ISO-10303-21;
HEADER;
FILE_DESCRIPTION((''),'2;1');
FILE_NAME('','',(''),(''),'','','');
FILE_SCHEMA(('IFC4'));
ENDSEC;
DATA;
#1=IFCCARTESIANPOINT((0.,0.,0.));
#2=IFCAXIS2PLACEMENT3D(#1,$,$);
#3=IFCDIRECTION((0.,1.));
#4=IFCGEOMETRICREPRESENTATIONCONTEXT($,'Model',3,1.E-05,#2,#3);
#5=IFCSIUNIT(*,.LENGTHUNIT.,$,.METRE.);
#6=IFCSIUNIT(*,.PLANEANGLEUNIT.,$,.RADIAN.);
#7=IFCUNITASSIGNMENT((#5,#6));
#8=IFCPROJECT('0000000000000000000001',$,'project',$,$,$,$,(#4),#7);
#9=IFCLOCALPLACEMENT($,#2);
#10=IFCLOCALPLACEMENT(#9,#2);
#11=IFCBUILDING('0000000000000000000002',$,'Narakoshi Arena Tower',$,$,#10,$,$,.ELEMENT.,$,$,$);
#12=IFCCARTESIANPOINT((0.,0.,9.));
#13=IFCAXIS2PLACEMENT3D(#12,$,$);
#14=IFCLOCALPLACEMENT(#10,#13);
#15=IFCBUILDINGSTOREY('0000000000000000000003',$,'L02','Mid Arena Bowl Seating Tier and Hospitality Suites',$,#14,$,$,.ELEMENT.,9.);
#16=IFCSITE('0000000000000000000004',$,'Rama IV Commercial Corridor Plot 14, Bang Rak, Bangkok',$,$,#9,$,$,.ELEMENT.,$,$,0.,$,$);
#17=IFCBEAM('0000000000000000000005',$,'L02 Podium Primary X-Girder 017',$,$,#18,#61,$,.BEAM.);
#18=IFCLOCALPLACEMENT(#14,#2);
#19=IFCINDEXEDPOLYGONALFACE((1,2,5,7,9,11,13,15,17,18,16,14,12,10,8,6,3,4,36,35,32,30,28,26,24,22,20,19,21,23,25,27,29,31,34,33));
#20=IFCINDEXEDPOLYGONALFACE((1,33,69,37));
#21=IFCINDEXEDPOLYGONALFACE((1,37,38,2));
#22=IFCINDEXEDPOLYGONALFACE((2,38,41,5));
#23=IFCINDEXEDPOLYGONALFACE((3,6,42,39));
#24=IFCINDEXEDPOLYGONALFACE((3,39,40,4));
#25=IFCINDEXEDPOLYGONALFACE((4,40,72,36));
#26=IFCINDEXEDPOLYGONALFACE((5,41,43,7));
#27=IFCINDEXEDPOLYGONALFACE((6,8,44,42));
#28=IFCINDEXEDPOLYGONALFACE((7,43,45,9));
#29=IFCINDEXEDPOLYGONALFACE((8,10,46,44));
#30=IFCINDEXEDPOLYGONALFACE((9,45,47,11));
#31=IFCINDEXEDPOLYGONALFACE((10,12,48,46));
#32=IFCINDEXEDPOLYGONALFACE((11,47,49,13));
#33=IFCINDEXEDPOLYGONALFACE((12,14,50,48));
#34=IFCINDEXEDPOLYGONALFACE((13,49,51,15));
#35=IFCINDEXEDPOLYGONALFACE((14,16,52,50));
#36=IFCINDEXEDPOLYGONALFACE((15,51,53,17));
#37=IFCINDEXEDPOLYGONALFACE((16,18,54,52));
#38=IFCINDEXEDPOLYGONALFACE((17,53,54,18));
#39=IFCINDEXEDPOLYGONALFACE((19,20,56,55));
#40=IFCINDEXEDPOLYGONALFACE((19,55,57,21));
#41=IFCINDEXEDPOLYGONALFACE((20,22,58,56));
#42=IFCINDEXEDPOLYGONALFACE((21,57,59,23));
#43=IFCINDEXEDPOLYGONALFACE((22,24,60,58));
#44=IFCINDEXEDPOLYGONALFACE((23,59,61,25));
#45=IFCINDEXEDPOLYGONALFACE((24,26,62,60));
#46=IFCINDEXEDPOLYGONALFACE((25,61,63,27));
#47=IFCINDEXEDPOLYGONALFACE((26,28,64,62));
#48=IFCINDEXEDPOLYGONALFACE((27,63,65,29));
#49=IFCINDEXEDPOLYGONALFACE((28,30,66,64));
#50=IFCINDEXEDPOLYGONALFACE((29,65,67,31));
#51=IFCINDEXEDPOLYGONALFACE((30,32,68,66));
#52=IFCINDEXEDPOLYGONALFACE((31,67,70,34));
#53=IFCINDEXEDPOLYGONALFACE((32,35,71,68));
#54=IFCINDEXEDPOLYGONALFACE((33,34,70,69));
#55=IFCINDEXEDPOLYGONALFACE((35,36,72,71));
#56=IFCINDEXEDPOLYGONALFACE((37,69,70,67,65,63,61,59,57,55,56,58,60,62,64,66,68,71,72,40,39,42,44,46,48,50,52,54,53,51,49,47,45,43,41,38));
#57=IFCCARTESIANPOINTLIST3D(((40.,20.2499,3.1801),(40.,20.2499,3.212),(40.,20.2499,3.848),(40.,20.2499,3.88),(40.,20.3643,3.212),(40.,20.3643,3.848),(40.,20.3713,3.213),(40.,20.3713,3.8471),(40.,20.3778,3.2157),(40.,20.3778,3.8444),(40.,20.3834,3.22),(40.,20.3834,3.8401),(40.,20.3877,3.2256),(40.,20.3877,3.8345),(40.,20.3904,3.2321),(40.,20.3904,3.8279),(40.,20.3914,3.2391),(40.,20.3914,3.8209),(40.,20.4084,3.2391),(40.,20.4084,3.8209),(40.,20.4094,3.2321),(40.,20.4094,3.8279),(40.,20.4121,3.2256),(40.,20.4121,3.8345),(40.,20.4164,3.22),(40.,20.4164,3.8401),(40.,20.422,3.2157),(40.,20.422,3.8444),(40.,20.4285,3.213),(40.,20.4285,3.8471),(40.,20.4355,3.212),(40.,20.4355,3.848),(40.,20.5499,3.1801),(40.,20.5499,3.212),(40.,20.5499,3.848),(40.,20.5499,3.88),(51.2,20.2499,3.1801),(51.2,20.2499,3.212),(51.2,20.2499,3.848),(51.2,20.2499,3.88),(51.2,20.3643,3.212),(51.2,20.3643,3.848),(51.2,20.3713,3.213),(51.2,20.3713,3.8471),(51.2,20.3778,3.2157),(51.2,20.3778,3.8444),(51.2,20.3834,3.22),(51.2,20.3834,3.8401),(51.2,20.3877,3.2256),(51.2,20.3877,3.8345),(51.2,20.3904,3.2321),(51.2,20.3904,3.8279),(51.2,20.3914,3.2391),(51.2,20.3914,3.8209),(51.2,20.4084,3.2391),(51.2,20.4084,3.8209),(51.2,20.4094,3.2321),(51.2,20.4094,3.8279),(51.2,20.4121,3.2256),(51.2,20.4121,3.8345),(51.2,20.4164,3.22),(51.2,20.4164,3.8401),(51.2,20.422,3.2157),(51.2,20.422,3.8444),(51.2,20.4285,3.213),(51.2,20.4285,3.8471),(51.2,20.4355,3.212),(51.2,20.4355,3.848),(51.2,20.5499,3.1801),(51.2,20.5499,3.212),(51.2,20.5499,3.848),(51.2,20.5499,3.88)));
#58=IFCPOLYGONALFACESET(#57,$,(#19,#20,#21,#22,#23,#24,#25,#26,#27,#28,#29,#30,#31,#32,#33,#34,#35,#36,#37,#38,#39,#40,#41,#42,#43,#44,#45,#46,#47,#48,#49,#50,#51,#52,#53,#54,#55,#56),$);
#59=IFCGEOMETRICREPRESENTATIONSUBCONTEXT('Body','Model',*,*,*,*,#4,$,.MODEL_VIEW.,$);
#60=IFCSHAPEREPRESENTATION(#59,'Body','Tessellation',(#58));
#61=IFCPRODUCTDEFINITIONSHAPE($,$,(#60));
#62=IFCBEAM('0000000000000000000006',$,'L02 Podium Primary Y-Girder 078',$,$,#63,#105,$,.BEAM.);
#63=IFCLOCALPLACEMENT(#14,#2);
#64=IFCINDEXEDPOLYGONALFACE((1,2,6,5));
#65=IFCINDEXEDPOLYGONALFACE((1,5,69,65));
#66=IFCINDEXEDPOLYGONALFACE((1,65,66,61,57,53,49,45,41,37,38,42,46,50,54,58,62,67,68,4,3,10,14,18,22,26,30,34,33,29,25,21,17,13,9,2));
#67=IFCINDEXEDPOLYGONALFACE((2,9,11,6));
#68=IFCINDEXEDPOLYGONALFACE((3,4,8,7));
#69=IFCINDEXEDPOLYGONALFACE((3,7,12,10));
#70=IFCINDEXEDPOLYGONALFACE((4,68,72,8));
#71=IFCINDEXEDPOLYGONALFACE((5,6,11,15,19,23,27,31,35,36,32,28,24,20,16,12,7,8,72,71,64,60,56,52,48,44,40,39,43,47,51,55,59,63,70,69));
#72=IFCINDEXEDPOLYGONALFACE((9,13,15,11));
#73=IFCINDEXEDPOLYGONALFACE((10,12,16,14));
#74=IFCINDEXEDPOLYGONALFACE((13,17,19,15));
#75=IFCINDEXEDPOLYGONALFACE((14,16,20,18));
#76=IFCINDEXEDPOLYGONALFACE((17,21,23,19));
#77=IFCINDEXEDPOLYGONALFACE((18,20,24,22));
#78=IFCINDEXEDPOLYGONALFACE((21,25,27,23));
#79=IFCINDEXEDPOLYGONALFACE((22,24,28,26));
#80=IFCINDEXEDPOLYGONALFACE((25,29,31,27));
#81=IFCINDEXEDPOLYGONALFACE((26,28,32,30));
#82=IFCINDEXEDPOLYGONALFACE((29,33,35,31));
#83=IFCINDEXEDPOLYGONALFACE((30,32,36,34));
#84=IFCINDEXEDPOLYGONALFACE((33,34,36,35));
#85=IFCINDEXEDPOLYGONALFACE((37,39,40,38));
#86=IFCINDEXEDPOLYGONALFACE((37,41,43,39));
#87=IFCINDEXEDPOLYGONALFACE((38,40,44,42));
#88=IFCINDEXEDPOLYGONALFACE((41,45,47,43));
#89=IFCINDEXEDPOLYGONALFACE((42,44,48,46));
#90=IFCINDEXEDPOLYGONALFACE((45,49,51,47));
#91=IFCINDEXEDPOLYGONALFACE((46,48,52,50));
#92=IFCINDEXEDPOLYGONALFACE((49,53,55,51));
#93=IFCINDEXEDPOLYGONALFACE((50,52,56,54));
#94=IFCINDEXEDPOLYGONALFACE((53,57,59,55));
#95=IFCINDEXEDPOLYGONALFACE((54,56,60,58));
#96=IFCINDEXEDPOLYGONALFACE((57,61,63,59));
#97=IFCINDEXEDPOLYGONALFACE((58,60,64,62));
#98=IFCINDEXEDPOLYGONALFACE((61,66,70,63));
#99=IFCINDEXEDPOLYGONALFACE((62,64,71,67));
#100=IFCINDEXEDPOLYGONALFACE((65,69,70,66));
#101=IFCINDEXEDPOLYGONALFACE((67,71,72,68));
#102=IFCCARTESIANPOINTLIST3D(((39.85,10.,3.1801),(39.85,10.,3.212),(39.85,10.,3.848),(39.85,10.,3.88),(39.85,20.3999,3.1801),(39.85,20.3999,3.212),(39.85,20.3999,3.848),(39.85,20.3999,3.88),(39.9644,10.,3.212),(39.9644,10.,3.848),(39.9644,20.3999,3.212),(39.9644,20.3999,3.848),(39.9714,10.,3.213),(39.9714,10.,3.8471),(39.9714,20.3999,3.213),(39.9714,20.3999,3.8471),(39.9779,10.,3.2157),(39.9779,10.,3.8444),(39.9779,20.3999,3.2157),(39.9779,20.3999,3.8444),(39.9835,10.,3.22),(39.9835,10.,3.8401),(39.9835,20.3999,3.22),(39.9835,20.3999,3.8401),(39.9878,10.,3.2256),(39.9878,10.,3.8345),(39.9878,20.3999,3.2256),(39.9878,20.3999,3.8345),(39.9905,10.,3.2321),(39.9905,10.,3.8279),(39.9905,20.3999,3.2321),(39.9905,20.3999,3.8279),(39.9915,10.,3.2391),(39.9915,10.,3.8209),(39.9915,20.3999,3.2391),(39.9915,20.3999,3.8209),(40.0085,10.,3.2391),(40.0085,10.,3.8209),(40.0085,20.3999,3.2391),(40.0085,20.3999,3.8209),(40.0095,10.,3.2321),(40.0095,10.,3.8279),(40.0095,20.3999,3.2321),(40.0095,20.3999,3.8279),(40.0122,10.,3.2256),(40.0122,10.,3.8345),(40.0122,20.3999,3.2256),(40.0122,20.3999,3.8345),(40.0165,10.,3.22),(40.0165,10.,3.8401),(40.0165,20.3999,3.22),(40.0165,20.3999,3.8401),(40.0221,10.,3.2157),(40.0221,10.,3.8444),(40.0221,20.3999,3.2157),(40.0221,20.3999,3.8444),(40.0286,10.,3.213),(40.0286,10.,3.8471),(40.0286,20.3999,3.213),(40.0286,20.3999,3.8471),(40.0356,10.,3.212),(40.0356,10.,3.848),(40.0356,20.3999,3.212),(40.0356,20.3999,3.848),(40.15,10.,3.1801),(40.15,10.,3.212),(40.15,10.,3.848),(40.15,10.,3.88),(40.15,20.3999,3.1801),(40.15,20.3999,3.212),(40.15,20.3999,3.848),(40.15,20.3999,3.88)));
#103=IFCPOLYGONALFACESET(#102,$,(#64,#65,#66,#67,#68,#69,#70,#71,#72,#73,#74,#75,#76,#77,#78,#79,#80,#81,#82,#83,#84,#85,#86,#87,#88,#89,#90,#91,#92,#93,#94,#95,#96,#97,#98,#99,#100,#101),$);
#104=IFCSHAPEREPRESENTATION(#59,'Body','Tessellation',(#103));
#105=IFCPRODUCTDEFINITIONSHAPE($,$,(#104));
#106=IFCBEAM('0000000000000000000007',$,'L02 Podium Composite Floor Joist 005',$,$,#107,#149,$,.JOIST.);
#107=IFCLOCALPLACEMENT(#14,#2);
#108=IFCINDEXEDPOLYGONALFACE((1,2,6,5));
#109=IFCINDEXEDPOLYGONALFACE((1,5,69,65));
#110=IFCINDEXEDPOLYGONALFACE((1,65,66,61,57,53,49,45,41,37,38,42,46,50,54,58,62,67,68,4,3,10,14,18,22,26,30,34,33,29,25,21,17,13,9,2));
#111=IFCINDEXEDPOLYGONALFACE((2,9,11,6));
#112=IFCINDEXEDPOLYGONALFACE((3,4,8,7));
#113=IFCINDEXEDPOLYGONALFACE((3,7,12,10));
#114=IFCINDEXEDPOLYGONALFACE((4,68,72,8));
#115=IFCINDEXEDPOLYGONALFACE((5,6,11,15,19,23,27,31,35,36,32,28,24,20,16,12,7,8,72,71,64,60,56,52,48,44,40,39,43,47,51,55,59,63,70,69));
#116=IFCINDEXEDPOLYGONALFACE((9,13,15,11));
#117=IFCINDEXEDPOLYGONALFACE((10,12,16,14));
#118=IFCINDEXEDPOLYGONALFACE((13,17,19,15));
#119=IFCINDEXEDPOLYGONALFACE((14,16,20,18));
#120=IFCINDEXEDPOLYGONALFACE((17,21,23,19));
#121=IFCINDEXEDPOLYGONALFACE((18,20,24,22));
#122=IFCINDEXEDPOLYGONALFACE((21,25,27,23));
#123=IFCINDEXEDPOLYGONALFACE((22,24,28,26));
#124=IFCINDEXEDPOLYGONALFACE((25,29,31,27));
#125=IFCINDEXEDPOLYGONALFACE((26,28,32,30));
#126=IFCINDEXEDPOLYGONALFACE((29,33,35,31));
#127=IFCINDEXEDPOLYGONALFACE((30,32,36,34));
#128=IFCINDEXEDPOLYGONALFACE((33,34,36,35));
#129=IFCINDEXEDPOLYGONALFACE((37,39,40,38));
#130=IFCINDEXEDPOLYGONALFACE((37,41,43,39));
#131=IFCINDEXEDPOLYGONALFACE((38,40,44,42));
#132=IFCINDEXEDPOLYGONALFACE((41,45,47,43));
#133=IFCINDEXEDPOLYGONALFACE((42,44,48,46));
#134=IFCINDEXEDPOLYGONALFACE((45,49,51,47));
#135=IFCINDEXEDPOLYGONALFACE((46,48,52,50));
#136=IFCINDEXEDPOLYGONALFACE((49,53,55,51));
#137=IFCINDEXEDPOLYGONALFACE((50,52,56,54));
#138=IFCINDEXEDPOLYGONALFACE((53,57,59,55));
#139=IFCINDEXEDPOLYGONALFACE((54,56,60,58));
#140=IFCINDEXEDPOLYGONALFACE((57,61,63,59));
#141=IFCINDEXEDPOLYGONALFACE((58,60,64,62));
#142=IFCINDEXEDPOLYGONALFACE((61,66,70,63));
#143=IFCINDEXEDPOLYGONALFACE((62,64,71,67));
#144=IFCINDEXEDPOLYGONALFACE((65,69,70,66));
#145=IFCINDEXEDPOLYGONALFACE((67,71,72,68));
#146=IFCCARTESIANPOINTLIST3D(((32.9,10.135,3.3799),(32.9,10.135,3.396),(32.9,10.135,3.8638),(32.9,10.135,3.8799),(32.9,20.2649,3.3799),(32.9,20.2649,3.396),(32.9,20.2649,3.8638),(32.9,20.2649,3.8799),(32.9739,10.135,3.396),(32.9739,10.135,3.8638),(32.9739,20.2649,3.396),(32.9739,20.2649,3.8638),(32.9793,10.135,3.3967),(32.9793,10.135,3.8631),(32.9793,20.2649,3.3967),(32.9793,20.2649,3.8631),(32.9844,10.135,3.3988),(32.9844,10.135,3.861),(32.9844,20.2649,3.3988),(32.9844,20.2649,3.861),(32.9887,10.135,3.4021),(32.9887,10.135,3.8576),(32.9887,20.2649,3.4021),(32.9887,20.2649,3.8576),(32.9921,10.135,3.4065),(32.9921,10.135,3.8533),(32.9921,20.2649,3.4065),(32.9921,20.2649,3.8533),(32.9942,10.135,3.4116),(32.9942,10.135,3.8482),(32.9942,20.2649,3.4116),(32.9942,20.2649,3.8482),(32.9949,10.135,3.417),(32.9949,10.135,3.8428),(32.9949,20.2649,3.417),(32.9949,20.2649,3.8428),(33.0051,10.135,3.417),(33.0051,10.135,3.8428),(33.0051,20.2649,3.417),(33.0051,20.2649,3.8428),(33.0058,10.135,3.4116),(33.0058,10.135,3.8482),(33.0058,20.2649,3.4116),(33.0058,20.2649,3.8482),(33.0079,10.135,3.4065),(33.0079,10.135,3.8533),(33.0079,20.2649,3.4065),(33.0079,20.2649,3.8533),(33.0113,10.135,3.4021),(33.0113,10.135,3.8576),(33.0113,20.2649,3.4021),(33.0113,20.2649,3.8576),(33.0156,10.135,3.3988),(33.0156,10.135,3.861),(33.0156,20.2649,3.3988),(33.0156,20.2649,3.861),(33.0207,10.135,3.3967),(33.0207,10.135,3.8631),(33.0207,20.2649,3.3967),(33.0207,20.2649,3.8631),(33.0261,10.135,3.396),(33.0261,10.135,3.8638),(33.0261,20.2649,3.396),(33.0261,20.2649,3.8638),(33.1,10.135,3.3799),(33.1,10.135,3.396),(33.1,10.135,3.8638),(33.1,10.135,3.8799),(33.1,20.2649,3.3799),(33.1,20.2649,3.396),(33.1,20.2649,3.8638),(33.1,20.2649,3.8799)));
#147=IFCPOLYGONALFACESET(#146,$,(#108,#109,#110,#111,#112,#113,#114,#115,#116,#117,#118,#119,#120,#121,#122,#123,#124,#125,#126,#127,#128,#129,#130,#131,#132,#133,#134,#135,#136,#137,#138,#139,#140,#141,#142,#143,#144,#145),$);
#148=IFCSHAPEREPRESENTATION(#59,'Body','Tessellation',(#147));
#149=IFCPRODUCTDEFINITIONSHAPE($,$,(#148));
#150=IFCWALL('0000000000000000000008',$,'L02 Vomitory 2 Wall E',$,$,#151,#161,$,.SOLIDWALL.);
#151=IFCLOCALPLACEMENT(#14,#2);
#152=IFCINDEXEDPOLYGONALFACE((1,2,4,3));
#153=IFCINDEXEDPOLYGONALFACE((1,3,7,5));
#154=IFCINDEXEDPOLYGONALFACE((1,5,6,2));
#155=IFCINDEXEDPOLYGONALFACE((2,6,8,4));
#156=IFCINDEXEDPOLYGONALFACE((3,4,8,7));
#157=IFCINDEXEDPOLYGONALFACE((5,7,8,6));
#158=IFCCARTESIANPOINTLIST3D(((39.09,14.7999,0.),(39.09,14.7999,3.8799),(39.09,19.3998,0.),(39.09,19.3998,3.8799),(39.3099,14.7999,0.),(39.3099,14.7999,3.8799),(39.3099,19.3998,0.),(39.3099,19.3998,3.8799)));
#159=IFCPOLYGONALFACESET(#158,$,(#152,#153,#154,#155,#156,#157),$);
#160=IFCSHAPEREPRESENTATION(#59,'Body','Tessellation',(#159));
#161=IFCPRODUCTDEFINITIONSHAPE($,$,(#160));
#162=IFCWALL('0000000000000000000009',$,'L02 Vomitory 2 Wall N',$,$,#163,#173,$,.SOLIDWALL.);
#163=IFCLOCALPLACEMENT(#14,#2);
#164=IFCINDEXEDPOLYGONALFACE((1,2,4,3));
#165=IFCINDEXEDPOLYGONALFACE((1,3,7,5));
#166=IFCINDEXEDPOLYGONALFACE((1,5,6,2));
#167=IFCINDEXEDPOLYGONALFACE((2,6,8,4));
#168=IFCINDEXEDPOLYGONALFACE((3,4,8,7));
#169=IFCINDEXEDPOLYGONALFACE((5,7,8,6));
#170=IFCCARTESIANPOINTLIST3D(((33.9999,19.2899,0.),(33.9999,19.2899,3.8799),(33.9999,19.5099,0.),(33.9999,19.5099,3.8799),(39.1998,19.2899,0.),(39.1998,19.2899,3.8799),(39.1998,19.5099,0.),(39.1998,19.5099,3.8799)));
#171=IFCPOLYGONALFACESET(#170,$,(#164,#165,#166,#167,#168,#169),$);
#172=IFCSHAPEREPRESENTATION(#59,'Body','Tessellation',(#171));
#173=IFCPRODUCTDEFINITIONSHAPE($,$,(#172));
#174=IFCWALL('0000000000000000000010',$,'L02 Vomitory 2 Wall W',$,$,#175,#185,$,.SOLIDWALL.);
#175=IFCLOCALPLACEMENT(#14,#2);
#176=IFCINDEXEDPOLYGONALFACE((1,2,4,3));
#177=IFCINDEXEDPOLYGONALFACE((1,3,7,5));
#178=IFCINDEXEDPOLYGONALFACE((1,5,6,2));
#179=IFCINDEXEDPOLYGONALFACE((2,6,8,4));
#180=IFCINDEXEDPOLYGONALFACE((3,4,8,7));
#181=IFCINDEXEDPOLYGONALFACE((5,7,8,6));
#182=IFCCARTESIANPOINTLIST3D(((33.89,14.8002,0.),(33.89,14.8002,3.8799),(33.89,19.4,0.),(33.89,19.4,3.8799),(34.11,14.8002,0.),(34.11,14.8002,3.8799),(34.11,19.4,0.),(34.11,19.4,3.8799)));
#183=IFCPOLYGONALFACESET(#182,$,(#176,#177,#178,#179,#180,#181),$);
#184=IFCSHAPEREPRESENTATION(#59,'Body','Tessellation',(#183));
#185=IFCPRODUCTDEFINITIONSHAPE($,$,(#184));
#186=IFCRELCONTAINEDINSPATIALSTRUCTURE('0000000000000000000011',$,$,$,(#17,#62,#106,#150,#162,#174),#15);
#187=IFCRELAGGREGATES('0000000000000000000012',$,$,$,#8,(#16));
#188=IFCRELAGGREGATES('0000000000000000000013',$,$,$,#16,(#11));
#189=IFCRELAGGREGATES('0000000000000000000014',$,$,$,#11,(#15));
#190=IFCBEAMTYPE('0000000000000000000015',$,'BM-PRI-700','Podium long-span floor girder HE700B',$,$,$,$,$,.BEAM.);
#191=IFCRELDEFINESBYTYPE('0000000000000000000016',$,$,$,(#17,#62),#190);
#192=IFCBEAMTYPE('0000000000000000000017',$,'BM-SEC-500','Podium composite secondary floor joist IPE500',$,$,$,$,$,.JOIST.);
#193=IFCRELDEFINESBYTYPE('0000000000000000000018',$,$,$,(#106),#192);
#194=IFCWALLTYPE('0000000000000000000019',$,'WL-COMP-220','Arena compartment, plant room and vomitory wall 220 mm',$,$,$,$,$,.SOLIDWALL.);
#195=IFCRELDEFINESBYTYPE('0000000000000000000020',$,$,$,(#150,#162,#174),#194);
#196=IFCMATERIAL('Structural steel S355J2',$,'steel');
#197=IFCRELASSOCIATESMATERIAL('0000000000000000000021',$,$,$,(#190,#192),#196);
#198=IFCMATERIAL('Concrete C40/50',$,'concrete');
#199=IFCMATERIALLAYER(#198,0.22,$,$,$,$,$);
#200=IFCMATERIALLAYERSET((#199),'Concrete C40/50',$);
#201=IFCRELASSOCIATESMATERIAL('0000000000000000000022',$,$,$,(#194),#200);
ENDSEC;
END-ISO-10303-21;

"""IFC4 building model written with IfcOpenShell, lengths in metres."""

from ifc_helpers import new_model, si_unit, direction, frame, frame_2d, origin, origin_2d, place, context, subcontext, project, spatial, rectangle, i_section, extrude, material, layer, layer_set, material_profile, profile_set, type_object, element, save


model = new_model("IFC4")

# Units and contexts
model_context = context("Model", 3, precision=1e-05, world=origin(), true_north=direction((0.0, 1.0)))
body_context = subcontext(model_context, "Body", "Model", "MODEL_VIEW")
ifc_project = project(units=[si_unit("LENGTHUNIT", "METRE"), si_unit("PLANEANGLEUNIT", "RADIAN")], contexts=[model_context])

# Site, building, storey
site_placement = place(None, origin())
site = spatial("IfcSite", under=ifc_project, at=site_placement, Name="Rama IV Commercial Corridor Plot 14, Bang Rak, Bangkok", CompositionType="ELEMENT", RefElevation=0.0)
building_placement = place(site_placement, origin())
building = spatial("IfcBuilding", under=site, at=building_placement, Name="Narakoshi Arena Tower", CompositionType="ELEMENT")
storey_placement = place(building_placement, frame((0.0, 0.0, 9.0)))
storey = spatial("IfcBuildingStorey", under=building, at=storey_placement, Name="L02", Description="Mid Arena Bowl Seating Tier and Hospitality Suites", CompositionType="ELEMENT", Elevation=9.0)

# Beams
ifc_material_1 = material(Name="Structural steel S355J2", Category="steel")
ifc_material_profile_1 = material_profile(ifc_material_1, i_section(OverallWidth=0.3, OverallDepth=0.7, WebThickness=0.0171, FlangeThickness=0.032, FilletRadius=0.0271, at=origin_2d()), Name="HE700B")
ifc_profile_set_1 = profile_set([ifc_material_profile_1], Name="Structural steel S355J2")
beam_type_1 = type_object("IfcBeamType", Name="BM-PRI-700", Description="Podium long-span floor girder HE700B", PredefinedType="BEAM", material=ifc_profile_set_1)
beam_1_placement = place(storey_placement, frame((40.0, 20.3999, 3.53), z_axis=(1.0, 0.0, 0.0), x_axis=(0.0, 1.0, 0.0)))
element("IfcBeam", 1, at=beam_1_placement, inside=storey, type_object=beam_type_1, Name="L02 Podium Primary X-Girder 017", PredefinedType="BEAM", context=body_context, shape_type="SweptSolid", body=[
    extrude(i_section(OverallWidth=0.3, OverallDepth=0.7, WebThickness=0.0171, FlangeThickness=0.032, FilletRadius=0.0271, at=origin_2d()), origin(), (0.0, 0.0, 1.0), 11.2),
])
beam_2_placement = place(storey_placement, frame((40.0, 10.0, 3.53), z_axis=(0.0, 1.0, 0.0), x_axis=(-1.0, 0.0, 0.0)))
element("IfcBeam", 2, at=beam_2_placement, inside=storey, type_object=beam_type_1, Name="L02 Podium Primary Y-Girder 078", PredefinedType="BEAM", context=body_context, shape_type="SweptSolid", body=[
    extrude(i_section(OverallWidth=0.3, OverallDepth=0.7, WebThickness=0.0171, FlangeThickness=0.032, FilletRadius=0.0271, at=origin_2d()), origin(), (0.0, 0.0, 1.0), 10.3999),
])
ifc_material_profile_2 = material_profile(ifc_material_1, i_section(OverallWidth=0.2, OverallDepth=0.5, WebThickness=0.0103, FlangeThickness=0.0161, FilletRadius=0.021, at=origin_2d()), Name="IPE500")
ifc_profile_set_2 = profile_set([ifc_material_profile_2], Name="Structural steel S355J2")
beam_type_2 = type_object("IfcBeamType", Name="BM-SEC-500", Description="Podium composite secondary floor joist IPE500", PredefinedType="JOIST", material=ifc_profile_set_2)
beam_3_placement = place(storey_placement, frame((33.0, 10.135, 3.6299), z_axis=(0.0, 1.0, 0.0), x_axis=(-1.0, 0.0, 0.0)))
element("IfcBeam", 3, at=beam_3_placement, inside=storey, type_object=beam_type_2, Name="L02 Podium Composite Floor Joist 005", PredefinedType="JOIST", context=body_context, shape_type="SweptSolid", body=[
    extrude(i_section(OverallWidth=0.2, OverallDepth=0.5, WebThickness=0.0103, FlangeThickness=0.0161, FilletRadius=0.021, at=origin_2d()), origin(), (0.0, 0.0, 1.0), 10.1299),
])

# Shared definitions
ifc_material_2 = material(Name="Concrete C40/50", Category="concrete")
ifc_layer_1 = layer(ifc_material_2, 0.22)
ifc_layer_set_1 = layer_set([ifc_layer_1], Name="Concrete C40/50")
wall_type_1 = type_object("IfcWallType", Name="WL-COMP-220", Description="Arena compartment, plant room and vomitory wall 220 mm", PredefinedType="SOLIDWALL", material=ifc_layer_set_1)

# Walls
wall_1_placement = place(storey_placement, frame((39.2, 14.8, 0.0), z_axis=(0.0, 0.0, 1.0), x_axis=(0.0, 1.0, 0.0)))
element("IfcWall", 4, at=wall_1_placement, inside=storey, type_object=wall_type_1, Name="L02 Vomitory 2 Wall E", PredefinedType="SOLIDWALL", context=body_context, shape_type="SweptSolid", body=[
    extrude(rectangle(XDim=4.5999, YDim=0.22, at=frame_2d((2.2998, 0.0))), origin(), (0.0, 0.0, 1.0), 3.8799),
])
wall_2_placement = place(storey_placement, frame((39.2, 19.3999, 0.0), z_axis=(0.0, 0.0, 1.0), x_axis=(-1.0, 0.0, 0.0)))
element("IfcWall", 5, at=wall_2_placement, inside=storey, type_object=wall_type_1, Name="L02 Vomitory 2 Wall N", PredefinedType="SOLIDWALL", context=body_context, shape_type="SweptSolid", body=[
    extrude(rectangle(XDim=5.2, YDim=0.22, at=frame_2d((2.6001, 0.0))), origin(), (0.0, 0.0, 1.0), 3.8799),
])
wall_3_placement = place(storey_placement, frame((34.0, 19.3999, 0.0), z_axis=(0.0, 0.0, 1.0), x_axis=(0.0, -1.0, 0.0)))
element("IfcWall", 6, at=wall_3_placement, inside=storey, type_object=wall_type_1, Name="L02 Vomitory 2 Wall W", PredefinedType="SOLIDWALL", context=body_context, shape_type="SweptSolid", body=[
    extrude(rectangle(XDim=4.5999, YDim=0.22, at=frame_2d((2.2998, 0.0))), origin(), (0.0, 0.0, 1.0), 3.8799),
])

save(model, "model.ifc")
